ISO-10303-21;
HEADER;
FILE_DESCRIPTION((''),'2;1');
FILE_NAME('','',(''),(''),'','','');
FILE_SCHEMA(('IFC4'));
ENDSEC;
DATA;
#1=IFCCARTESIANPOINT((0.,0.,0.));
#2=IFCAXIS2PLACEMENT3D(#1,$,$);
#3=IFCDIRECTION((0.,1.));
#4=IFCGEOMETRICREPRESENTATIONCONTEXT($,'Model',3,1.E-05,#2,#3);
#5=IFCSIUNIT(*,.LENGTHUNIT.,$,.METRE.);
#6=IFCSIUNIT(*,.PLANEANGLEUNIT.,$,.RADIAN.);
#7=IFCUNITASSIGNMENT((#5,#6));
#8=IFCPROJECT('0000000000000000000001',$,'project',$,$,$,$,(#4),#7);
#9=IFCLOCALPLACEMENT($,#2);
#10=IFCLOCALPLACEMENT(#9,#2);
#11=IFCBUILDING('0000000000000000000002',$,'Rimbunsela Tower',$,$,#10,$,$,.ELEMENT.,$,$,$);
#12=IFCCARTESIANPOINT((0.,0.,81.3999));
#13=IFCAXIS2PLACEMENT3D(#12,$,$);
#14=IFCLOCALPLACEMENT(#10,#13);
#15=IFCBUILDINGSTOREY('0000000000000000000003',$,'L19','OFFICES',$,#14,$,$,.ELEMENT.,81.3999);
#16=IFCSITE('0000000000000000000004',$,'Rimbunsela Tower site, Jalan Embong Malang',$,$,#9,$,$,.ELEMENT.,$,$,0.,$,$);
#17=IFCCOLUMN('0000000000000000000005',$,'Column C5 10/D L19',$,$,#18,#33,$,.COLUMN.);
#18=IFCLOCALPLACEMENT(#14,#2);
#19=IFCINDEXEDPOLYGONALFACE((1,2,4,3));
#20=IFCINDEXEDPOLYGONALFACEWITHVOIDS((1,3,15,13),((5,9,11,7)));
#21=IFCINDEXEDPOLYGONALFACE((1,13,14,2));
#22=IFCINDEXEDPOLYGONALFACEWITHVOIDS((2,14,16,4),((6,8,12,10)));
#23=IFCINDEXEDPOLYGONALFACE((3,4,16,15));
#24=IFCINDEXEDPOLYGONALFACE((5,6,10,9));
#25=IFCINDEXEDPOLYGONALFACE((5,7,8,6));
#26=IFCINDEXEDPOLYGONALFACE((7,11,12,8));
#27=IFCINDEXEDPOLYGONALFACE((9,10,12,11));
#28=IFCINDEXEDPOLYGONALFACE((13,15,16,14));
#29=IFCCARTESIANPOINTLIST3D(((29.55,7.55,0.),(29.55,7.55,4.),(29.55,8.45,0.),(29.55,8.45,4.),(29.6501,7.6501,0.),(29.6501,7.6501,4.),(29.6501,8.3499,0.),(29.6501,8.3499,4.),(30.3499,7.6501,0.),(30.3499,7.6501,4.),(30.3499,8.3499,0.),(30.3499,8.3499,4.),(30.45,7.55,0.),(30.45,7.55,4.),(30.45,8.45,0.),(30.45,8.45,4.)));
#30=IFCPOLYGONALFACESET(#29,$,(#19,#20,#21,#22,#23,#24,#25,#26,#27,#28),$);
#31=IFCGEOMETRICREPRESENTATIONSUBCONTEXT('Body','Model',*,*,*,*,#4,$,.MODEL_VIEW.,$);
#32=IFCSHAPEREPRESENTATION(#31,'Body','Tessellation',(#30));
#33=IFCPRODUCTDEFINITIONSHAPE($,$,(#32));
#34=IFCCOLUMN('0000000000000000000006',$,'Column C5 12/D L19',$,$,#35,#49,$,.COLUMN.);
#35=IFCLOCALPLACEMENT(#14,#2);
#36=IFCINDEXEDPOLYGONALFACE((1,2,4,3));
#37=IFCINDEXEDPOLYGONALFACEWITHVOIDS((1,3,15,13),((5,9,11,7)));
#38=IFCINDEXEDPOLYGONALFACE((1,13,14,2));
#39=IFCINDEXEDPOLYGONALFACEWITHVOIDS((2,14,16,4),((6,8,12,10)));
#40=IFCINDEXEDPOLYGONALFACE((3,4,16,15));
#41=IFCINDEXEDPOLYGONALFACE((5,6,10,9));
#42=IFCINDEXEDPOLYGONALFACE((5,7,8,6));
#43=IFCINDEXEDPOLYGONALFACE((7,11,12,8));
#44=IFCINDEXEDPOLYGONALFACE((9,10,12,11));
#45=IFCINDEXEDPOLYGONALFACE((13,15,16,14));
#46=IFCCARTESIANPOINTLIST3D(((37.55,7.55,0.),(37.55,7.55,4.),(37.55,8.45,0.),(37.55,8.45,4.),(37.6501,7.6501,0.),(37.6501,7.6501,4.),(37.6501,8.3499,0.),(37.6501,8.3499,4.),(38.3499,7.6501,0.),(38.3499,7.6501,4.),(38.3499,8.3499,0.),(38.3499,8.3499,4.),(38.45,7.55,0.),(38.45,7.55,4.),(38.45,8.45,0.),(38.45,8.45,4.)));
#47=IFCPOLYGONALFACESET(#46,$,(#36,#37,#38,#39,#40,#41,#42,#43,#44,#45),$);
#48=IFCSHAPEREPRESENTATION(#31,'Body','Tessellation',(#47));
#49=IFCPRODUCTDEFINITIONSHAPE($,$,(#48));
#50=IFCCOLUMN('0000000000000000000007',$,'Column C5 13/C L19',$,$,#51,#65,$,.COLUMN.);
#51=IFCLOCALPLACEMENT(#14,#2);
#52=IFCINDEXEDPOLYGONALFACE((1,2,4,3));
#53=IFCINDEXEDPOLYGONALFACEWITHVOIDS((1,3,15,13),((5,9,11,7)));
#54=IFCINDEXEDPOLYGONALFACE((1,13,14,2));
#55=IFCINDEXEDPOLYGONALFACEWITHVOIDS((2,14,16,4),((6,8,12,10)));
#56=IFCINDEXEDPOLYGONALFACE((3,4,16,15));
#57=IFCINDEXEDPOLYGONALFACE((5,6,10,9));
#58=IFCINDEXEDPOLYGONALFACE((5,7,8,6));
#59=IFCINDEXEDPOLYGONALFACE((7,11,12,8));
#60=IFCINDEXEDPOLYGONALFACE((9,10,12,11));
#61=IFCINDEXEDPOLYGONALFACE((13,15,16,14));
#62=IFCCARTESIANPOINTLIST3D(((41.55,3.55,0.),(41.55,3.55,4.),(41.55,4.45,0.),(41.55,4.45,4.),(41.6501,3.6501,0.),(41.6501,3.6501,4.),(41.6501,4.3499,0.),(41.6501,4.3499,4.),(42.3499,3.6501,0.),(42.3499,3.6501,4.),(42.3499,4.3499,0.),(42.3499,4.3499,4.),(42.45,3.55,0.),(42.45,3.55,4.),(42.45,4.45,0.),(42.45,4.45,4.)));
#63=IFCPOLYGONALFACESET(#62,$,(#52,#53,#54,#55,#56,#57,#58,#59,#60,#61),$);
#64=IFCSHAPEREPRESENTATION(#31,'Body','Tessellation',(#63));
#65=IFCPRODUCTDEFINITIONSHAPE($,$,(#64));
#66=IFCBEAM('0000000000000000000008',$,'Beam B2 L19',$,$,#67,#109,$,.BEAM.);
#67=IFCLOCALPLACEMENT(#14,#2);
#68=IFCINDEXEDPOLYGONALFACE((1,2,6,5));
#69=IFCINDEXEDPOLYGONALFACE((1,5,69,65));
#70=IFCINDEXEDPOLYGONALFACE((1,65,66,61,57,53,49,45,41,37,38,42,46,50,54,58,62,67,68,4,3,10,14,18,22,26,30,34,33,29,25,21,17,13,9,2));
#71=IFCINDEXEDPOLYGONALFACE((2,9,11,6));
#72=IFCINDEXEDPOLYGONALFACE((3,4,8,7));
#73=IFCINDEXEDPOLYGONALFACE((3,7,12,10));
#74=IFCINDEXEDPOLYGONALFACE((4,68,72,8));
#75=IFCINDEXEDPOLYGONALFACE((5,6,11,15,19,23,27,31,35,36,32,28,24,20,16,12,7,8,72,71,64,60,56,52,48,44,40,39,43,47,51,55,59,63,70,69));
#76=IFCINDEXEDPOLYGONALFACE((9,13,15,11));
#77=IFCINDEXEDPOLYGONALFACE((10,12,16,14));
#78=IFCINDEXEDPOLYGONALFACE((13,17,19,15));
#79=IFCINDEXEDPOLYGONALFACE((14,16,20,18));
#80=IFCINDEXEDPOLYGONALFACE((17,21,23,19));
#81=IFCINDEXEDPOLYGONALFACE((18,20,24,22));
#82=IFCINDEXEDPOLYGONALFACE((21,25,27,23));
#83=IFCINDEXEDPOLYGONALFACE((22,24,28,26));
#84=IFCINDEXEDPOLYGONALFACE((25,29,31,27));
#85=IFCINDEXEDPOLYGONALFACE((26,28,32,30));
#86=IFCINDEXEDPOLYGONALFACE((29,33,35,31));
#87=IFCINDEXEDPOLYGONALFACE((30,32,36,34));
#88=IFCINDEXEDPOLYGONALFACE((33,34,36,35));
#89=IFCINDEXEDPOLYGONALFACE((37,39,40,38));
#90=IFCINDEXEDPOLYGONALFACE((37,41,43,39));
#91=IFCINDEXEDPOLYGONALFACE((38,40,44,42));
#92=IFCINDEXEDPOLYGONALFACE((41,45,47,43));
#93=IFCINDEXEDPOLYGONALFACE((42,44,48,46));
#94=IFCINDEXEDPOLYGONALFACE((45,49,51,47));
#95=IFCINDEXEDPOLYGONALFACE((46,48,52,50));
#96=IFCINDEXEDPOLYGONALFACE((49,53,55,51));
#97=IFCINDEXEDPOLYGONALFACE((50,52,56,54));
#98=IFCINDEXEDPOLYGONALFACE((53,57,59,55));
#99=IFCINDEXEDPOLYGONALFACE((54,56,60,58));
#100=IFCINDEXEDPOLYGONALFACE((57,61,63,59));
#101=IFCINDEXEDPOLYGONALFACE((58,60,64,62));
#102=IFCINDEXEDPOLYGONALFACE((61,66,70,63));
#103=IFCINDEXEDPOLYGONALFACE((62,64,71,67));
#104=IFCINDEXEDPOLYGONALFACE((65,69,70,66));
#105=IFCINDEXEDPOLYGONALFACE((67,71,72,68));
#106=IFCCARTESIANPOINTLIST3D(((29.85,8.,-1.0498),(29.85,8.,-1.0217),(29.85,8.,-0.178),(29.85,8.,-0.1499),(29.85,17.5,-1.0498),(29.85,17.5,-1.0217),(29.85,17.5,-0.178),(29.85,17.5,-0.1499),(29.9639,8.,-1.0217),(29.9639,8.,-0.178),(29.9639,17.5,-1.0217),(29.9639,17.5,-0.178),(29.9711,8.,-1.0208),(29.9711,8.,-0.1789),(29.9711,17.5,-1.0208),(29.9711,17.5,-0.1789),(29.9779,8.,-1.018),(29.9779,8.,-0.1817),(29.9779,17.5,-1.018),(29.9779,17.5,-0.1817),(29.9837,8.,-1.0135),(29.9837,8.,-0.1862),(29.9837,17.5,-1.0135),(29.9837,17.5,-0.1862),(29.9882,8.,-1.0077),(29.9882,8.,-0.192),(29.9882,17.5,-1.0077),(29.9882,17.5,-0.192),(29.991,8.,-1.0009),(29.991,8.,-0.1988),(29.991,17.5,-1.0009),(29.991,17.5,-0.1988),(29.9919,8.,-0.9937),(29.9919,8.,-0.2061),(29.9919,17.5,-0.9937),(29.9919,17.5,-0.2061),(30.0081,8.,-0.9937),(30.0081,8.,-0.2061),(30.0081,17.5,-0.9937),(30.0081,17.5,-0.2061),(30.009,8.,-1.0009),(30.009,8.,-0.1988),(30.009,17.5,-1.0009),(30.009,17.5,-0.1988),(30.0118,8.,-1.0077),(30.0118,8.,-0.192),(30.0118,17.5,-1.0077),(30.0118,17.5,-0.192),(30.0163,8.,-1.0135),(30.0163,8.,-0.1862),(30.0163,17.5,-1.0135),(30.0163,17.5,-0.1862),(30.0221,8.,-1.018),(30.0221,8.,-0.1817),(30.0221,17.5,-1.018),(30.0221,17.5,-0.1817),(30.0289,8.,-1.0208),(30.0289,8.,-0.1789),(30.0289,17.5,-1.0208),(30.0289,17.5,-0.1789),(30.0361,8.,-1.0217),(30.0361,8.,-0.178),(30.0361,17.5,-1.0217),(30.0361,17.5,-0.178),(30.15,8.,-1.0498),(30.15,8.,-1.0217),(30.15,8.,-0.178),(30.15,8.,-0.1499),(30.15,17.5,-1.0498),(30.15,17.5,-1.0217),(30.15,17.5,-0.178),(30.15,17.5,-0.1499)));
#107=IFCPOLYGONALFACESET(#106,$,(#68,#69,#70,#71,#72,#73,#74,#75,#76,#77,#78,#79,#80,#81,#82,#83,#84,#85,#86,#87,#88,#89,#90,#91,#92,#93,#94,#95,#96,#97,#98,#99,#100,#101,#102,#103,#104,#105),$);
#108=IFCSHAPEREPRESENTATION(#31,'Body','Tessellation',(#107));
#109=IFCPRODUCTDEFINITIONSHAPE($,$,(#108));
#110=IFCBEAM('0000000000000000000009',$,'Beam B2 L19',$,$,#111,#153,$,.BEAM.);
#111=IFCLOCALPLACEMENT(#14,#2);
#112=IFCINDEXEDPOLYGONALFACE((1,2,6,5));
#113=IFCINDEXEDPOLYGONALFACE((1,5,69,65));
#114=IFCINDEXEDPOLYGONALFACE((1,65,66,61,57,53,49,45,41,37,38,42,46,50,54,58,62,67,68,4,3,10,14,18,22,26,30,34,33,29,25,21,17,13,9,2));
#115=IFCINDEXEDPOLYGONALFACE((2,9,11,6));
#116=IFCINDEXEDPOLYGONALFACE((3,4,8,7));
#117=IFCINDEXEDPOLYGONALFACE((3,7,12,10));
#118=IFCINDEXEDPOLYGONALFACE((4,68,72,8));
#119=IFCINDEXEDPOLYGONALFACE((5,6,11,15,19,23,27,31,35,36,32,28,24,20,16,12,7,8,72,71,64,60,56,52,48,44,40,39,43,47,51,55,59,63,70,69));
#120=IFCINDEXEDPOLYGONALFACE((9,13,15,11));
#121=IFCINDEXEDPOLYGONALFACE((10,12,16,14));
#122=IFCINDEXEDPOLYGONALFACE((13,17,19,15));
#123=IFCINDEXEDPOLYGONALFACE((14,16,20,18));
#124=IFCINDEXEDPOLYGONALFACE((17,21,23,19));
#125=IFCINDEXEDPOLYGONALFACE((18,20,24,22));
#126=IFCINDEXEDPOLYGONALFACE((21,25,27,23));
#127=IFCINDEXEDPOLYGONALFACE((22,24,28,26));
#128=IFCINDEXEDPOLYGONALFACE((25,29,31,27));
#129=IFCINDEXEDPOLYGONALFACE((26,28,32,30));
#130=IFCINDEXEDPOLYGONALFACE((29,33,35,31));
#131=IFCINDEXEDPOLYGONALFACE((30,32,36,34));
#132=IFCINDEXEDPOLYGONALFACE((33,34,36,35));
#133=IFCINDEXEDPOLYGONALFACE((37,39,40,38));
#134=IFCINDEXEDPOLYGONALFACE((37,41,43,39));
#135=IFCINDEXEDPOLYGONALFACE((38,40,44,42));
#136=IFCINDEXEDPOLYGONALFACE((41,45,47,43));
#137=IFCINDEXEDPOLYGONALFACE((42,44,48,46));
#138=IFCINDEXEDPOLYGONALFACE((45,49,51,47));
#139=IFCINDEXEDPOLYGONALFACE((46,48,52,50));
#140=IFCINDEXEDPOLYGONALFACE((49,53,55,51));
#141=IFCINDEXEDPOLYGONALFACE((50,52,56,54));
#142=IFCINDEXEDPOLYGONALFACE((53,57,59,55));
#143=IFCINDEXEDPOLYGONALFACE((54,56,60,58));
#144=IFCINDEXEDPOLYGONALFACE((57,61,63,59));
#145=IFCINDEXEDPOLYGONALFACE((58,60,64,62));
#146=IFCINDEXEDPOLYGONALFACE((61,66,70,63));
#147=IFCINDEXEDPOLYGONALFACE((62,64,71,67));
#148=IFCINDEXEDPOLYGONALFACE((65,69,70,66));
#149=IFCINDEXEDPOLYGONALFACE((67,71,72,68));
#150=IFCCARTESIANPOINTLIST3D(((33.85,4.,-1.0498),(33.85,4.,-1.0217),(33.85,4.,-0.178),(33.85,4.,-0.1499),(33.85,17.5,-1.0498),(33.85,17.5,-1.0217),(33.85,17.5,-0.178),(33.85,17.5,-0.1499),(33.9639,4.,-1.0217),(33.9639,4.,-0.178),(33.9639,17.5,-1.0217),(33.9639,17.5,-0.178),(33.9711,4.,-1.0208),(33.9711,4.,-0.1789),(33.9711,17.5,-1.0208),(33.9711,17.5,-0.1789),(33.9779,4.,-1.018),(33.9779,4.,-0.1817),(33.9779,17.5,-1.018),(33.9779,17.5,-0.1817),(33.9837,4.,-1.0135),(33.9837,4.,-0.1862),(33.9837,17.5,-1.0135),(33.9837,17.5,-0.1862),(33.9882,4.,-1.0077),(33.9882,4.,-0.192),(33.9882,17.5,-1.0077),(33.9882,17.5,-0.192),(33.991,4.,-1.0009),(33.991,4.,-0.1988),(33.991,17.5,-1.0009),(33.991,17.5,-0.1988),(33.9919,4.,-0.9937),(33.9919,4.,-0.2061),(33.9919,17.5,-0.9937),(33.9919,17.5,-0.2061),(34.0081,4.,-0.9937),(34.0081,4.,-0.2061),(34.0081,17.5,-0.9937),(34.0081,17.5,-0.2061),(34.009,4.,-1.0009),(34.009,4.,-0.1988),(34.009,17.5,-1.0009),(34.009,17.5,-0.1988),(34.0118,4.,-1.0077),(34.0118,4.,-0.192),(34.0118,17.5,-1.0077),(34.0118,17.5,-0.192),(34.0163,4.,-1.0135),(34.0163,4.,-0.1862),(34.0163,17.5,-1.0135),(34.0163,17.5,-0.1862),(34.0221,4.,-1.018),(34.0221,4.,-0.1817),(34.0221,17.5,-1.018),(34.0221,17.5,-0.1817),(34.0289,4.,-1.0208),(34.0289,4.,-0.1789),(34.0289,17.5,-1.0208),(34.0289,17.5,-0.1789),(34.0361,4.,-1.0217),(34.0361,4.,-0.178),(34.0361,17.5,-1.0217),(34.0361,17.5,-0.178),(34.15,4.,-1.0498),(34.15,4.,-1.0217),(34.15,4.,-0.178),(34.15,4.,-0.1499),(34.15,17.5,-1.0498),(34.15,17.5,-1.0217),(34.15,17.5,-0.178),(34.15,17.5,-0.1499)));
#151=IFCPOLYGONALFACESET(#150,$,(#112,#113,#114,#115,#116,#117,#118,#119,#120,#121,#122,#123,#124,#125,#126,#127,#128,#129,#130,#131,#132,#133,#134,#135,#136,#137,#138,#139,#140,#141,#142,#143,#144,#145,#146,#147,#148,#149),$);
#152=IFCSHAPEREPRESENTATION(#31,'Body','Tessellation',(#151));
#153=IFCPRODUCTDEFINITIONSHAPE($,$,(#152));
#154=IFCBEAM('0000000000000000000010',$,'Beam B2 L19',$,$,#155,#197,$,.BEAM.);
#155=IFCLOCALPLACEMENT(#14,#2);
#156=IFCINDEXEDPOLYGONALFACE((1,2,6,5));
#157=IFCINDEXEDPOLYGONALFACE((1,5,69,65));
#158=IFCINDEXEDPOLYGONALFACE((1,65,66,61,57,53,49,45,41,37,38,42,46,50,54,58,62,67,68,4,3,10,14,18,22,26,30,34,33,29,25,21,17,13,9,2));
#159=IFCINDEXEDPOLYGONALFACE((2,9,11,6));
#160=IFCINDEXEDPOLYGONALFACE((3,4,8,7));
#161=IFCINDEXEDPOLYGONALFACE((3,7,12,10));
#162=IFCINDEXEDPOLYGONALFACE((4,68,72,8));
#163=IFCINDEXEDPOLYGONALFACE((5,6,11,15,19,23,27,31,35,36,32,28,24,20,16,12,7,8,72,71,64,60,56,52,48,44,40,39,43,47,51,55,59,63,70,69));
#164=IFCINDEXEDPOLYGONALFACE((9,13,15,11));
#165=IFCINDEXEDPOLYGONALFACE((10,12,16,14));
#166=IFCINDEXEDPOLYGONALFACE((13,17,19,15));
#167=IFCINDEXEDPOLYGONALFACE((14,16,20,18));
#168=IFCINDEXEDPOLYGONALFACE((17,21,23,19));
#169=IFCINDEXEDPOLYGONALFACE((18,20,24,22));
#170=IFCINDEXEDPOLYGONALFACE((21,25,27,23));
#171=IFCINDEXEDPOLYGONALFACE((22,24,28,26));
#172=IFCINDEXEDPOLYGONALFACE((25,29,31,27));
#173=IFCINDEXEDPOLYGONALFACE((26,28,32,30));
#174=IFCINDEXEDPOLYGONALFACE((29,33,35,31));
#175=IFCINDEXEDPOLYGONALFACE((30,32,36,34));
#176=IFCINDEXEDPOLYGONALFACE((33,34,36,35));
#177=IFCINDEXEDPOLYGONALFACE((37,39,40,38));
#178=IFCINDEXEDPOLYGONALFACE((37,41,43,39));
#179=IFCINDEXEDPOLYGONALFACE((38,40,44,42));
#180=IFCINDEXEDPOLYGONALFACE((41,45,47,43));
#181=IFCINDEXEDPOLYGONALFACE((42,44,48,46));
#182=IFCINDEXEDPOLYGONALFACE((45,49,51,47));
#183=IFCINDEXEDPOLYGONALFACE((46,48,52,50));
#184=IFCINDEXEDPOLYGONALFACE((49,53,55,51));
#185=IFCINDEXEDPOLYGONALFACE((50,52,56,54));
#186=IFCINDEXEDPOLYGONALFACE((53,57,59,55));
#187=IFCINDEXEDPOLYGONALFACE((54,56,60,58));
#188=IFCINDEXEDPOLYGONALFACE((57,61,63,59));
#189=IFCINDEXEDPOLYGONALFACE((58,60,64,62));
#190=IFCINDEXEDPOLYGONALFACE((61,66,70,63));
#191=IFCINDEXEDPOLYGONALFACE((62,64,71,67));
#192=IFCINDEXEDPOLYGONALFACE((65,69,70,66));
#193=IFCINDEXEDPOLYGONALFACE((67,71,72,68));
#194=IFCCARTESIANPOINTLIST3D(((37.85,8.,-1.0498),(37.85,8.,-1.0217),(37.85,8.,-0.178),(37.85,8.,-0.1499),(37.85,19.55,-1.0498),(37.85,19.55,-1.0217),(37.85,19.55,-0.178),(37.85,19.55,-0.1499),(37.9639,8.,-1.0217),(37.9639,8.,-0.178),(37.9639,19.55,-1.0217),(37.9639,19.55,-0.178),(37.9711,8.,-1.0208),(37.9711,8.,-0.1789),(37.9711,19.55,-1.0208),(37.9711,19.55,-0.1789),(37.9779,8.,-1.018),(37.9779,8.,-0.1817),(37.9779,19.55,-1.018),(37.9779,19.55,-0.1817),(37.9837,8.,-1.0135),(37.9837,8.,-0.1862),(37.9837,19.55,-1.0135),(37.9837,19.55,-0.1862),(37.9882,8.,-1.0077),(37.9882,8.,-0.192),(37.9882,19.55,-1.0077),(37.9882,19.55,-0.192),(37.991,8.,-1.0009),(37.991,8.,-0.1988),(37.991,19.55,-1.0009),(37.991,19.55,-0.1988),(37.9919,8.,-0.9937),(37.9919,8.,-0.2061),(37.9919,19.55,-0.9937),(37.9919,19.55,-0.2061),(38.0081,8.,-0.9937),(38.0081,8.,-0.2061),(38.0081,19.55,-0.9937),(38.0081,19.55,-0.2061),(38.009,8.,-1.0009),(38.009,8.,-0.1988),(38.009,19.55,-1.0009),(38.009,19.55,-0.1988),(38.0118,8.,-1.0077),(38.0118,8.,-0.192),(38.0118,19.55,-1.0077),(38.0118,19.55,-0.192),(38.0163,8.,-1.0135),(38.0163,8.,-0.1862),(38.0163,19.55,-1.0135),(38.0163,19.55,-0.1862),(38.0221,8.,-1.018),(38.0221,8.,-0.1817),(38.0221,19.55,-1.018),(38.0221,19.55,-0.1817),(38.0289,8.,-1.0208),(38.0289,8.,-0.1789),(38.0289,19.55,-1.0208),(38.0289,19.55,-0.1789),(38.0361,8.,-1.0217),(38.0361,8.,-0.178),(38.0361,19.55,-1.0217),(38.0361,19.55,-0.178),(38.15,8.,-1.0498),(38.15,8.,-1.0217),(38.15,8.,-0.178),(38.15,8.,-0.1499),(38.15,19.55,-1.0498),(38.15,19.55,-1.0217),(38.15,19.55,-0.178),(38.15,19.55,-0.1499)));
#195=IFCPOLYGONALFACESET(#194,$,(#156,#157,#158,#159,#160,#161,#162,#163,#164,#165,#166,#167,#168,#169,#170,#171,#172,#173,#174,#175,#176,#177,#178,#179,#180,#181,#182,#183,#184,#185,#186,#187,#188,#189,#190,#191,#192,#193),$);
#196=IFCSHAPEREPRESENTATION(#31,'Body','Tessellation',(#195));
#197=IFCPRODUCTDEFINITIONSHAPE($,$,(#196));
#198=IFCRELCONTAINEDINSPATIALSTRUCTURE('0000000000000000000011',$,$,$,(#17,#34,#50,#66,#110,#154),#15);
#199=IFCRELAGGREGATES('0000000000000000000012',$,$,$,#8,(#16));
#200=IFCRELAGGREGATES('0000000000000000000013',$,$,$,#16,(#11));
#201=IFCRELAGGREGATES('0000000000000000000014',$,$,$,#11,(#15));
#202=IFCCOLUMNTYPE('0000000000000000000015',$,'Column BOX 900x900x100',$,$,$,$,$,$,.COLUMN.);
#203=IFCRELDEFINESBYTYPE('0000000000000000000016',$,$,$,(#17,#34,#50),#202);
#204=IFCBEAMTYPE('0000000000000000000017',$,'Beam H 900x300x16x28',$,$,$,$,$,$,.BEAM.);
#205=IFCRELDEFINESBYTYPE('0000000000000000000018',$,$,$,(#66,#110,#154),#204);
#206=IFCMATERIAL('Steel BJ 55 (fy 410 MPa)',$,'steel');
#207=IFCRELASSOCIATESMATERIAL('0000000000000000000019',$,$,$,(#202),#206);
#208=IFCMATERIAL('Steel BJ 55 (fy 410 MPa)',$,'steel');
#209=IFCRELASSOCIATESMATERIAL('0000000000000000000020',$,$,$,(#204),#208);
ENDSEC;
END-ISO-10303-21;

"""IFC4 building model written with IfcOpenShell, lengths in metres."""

from ifc_helpers import new_model, si_unit, direction, frame, origin, origin_2d, place, context, subcontext, project, spatial, hollow_rectangle, i_section, extrude, material, material_profile, profile_set, type_object, element, save


model = new_model("IFC4")

# Units and contexts
model_context = context("Model", 3, precision=1e-05, world=origin(), true_north=direction((0.0, 1.0)))
body_context = subcontext(model_context, "Body", "Model", "MODEL_VIEW")
ifc_project = project(units=[si_unit("LENGTHUNIT", "METRE"), si_unit("PLANEANGLEUNIT", "RADIAN")], contexts=[model_context])

# Site, building, storey
site_placement = place(None, origin())
site = spatial("IfcSite", under=ifc_project, at=site_placement, Name="Rimbunsela Tower site, Jalan Embong Malang", CompositionType="ELEMENT", RefElevation=0.0)
building_placement = place(site_placement, origin())
building = spatial("IfcBuilding", under=site, at=building_placement, Name="Rimbunsela Tower", CompositionType="ELEMENT")
storey_placement = place(building_placement, frame((0.0, 0.0, 81.3999)))
storey = spatial("IfcBuildingStorey", under=building, at=storey_placement, Name="L19", Description="OFFICES", CompositionType="ELEMENT", Elevation=81.3999)

# Columns
ifc_material_1 = material(Name="Steel BJ 55 (fy 410 MPa)", Category="steel")
ifc_material_profile_1 = material_profile(ifc_material_1, hollow_rectangle(XDim=0.8999, YDim=0.8999, WallThickness=0.1001, at=origin_2d()), Name="BOX 900x900x100")
ifc_profile_set_1 = profile_set([ifc_material_profile_1], Name="Steel BJ 55 (fy 410 MPa)")
column_type = type_object("IfcColumnType", Name="Column BOX 900x900x100", PredefinedType="COLUMN", material=ifc_profile_set_1)
for number, where, z_axis, x_axis, name in (
    (1, (30.0, 8.0, 0.0), (0.0, 0.0, 1.0), (1.0, 0.0, 0.0), "Column C5 10/D L19"),
    (2, (38.0, 8.0, 0.0), (0.0, 0.0, 1.0), (1.0, 0.0, 0.0), "Column C5 12/D L19"),
    (3, (42.0, 4.0, 0.0), (0.0, 0.0, 1.0), (1.0, 0.0, 0.0), "Column C5 13/C L19"),
):
    element("IfcColumn", number, at=place(storey_placement, frame(where, z_axis=z_axis, x_axis=x_axis)), inside=storey, type_object=column_type, Name=name, PredefinedType="COLUMN", context=body_context, shape_type="SweptSolid", body=[
        extrude(hollow_rectangle(XDim=0.8999, YDim=0.8999, WallThickness=0.1001, at=origin_2d()), origin(), (0.0, 0.0, 1.0), 4.0),
    ])

# Beams
ifc_material_2 = material(Name="Steel BJ 55 (fy 410 MPa)", Category="steel")
ifc_material_profile_2 = material_profile(ifc_material_2, i_section(OverallWidth=0.3, OverallDepth=0.8999, WebThickness=0.0161, FlangeThickness=0.0281, FilletRadius=0.0281, at=origin_2d()), Name="H 900x300x16x28")
ifc_profile_set_2 = profile_set([ifc_material_profile_2], Name="Steel BJ 55 (fy 410 MPa)")
beam_type = type_object("IfcBeamType", Name="Beam H 900x300x16x28", PredefinedType="BEAM", material=ifc_profile_set_2)
beam_1_placement = place(storey_placement, frame((30.0, 8.0, -0.5999), z_axis=(0.0, 1.0, 0.0), x_axis=(-1.0, 0.0, 0.0)))
element("IfcBeam", 4, at=beam_1_placement, inside=storey, type_object=beam_type, Name="Beam B2 L19", PredefinedType="BEAM", context=body_context, shape_type="SweptSolid", body=[
    extrude(i_section(OverallWidth=0.3, OverallDepth=0.8999, WebThickness=0.0161, FlangeThickness=0.0281, FilletRadius=0.0281, at=origin_2d()), origin(), (0.0, 0.0, 1.0), 9.5),
])
beam_2_placement = place(storey_placement, frame((34.0, 4.0, -0.5999), z_axis=(0.0, 1.0, 0.0), x_axis=(-1.0, 0.0, 0.0)))
element("IfcBeam", 5, at=beam_2_placement, inside=storey, type_object=beam_type, Name="Beam B2 L19", PredefinedType="BEAM", context=body_context, shape_type="SweptSolid", body=[
    extrude(i_section(OverallWidth=0.3, OverallDepth=0.8999, WebThickness=0.0161, FlangeThickness=0.0281, FilletRadius=0.0281, at=origin_2d()), origin(), (0.0, 0.0, 1.0), 13.5),
])
beam_3_placement = place(storey_placement, frame((38.0, 8.0, -0.5999), z_axis=(0.0, 1.0, 0.0), x_axis=(-1.0, 0.0, 0.0)))
element("IfcBeam", 6, at=beam_3_placement, inside=storey, type_object=beam_type, Name="Beam B2 L19", PredefinedType="BEAM", context=body_context, shape_type="SweptSolid", body=[
    extrude(i_section(OverallWidth=0.3, OverallDepth=0.8999, WebThickness=0.0161, FlangeThickness=0.0281, FilletRadius=0.0281, at=origin_2d()), origin(), (0.0, 0.0, 1.0), 11.55),
])

save(model, "model.ifc")
